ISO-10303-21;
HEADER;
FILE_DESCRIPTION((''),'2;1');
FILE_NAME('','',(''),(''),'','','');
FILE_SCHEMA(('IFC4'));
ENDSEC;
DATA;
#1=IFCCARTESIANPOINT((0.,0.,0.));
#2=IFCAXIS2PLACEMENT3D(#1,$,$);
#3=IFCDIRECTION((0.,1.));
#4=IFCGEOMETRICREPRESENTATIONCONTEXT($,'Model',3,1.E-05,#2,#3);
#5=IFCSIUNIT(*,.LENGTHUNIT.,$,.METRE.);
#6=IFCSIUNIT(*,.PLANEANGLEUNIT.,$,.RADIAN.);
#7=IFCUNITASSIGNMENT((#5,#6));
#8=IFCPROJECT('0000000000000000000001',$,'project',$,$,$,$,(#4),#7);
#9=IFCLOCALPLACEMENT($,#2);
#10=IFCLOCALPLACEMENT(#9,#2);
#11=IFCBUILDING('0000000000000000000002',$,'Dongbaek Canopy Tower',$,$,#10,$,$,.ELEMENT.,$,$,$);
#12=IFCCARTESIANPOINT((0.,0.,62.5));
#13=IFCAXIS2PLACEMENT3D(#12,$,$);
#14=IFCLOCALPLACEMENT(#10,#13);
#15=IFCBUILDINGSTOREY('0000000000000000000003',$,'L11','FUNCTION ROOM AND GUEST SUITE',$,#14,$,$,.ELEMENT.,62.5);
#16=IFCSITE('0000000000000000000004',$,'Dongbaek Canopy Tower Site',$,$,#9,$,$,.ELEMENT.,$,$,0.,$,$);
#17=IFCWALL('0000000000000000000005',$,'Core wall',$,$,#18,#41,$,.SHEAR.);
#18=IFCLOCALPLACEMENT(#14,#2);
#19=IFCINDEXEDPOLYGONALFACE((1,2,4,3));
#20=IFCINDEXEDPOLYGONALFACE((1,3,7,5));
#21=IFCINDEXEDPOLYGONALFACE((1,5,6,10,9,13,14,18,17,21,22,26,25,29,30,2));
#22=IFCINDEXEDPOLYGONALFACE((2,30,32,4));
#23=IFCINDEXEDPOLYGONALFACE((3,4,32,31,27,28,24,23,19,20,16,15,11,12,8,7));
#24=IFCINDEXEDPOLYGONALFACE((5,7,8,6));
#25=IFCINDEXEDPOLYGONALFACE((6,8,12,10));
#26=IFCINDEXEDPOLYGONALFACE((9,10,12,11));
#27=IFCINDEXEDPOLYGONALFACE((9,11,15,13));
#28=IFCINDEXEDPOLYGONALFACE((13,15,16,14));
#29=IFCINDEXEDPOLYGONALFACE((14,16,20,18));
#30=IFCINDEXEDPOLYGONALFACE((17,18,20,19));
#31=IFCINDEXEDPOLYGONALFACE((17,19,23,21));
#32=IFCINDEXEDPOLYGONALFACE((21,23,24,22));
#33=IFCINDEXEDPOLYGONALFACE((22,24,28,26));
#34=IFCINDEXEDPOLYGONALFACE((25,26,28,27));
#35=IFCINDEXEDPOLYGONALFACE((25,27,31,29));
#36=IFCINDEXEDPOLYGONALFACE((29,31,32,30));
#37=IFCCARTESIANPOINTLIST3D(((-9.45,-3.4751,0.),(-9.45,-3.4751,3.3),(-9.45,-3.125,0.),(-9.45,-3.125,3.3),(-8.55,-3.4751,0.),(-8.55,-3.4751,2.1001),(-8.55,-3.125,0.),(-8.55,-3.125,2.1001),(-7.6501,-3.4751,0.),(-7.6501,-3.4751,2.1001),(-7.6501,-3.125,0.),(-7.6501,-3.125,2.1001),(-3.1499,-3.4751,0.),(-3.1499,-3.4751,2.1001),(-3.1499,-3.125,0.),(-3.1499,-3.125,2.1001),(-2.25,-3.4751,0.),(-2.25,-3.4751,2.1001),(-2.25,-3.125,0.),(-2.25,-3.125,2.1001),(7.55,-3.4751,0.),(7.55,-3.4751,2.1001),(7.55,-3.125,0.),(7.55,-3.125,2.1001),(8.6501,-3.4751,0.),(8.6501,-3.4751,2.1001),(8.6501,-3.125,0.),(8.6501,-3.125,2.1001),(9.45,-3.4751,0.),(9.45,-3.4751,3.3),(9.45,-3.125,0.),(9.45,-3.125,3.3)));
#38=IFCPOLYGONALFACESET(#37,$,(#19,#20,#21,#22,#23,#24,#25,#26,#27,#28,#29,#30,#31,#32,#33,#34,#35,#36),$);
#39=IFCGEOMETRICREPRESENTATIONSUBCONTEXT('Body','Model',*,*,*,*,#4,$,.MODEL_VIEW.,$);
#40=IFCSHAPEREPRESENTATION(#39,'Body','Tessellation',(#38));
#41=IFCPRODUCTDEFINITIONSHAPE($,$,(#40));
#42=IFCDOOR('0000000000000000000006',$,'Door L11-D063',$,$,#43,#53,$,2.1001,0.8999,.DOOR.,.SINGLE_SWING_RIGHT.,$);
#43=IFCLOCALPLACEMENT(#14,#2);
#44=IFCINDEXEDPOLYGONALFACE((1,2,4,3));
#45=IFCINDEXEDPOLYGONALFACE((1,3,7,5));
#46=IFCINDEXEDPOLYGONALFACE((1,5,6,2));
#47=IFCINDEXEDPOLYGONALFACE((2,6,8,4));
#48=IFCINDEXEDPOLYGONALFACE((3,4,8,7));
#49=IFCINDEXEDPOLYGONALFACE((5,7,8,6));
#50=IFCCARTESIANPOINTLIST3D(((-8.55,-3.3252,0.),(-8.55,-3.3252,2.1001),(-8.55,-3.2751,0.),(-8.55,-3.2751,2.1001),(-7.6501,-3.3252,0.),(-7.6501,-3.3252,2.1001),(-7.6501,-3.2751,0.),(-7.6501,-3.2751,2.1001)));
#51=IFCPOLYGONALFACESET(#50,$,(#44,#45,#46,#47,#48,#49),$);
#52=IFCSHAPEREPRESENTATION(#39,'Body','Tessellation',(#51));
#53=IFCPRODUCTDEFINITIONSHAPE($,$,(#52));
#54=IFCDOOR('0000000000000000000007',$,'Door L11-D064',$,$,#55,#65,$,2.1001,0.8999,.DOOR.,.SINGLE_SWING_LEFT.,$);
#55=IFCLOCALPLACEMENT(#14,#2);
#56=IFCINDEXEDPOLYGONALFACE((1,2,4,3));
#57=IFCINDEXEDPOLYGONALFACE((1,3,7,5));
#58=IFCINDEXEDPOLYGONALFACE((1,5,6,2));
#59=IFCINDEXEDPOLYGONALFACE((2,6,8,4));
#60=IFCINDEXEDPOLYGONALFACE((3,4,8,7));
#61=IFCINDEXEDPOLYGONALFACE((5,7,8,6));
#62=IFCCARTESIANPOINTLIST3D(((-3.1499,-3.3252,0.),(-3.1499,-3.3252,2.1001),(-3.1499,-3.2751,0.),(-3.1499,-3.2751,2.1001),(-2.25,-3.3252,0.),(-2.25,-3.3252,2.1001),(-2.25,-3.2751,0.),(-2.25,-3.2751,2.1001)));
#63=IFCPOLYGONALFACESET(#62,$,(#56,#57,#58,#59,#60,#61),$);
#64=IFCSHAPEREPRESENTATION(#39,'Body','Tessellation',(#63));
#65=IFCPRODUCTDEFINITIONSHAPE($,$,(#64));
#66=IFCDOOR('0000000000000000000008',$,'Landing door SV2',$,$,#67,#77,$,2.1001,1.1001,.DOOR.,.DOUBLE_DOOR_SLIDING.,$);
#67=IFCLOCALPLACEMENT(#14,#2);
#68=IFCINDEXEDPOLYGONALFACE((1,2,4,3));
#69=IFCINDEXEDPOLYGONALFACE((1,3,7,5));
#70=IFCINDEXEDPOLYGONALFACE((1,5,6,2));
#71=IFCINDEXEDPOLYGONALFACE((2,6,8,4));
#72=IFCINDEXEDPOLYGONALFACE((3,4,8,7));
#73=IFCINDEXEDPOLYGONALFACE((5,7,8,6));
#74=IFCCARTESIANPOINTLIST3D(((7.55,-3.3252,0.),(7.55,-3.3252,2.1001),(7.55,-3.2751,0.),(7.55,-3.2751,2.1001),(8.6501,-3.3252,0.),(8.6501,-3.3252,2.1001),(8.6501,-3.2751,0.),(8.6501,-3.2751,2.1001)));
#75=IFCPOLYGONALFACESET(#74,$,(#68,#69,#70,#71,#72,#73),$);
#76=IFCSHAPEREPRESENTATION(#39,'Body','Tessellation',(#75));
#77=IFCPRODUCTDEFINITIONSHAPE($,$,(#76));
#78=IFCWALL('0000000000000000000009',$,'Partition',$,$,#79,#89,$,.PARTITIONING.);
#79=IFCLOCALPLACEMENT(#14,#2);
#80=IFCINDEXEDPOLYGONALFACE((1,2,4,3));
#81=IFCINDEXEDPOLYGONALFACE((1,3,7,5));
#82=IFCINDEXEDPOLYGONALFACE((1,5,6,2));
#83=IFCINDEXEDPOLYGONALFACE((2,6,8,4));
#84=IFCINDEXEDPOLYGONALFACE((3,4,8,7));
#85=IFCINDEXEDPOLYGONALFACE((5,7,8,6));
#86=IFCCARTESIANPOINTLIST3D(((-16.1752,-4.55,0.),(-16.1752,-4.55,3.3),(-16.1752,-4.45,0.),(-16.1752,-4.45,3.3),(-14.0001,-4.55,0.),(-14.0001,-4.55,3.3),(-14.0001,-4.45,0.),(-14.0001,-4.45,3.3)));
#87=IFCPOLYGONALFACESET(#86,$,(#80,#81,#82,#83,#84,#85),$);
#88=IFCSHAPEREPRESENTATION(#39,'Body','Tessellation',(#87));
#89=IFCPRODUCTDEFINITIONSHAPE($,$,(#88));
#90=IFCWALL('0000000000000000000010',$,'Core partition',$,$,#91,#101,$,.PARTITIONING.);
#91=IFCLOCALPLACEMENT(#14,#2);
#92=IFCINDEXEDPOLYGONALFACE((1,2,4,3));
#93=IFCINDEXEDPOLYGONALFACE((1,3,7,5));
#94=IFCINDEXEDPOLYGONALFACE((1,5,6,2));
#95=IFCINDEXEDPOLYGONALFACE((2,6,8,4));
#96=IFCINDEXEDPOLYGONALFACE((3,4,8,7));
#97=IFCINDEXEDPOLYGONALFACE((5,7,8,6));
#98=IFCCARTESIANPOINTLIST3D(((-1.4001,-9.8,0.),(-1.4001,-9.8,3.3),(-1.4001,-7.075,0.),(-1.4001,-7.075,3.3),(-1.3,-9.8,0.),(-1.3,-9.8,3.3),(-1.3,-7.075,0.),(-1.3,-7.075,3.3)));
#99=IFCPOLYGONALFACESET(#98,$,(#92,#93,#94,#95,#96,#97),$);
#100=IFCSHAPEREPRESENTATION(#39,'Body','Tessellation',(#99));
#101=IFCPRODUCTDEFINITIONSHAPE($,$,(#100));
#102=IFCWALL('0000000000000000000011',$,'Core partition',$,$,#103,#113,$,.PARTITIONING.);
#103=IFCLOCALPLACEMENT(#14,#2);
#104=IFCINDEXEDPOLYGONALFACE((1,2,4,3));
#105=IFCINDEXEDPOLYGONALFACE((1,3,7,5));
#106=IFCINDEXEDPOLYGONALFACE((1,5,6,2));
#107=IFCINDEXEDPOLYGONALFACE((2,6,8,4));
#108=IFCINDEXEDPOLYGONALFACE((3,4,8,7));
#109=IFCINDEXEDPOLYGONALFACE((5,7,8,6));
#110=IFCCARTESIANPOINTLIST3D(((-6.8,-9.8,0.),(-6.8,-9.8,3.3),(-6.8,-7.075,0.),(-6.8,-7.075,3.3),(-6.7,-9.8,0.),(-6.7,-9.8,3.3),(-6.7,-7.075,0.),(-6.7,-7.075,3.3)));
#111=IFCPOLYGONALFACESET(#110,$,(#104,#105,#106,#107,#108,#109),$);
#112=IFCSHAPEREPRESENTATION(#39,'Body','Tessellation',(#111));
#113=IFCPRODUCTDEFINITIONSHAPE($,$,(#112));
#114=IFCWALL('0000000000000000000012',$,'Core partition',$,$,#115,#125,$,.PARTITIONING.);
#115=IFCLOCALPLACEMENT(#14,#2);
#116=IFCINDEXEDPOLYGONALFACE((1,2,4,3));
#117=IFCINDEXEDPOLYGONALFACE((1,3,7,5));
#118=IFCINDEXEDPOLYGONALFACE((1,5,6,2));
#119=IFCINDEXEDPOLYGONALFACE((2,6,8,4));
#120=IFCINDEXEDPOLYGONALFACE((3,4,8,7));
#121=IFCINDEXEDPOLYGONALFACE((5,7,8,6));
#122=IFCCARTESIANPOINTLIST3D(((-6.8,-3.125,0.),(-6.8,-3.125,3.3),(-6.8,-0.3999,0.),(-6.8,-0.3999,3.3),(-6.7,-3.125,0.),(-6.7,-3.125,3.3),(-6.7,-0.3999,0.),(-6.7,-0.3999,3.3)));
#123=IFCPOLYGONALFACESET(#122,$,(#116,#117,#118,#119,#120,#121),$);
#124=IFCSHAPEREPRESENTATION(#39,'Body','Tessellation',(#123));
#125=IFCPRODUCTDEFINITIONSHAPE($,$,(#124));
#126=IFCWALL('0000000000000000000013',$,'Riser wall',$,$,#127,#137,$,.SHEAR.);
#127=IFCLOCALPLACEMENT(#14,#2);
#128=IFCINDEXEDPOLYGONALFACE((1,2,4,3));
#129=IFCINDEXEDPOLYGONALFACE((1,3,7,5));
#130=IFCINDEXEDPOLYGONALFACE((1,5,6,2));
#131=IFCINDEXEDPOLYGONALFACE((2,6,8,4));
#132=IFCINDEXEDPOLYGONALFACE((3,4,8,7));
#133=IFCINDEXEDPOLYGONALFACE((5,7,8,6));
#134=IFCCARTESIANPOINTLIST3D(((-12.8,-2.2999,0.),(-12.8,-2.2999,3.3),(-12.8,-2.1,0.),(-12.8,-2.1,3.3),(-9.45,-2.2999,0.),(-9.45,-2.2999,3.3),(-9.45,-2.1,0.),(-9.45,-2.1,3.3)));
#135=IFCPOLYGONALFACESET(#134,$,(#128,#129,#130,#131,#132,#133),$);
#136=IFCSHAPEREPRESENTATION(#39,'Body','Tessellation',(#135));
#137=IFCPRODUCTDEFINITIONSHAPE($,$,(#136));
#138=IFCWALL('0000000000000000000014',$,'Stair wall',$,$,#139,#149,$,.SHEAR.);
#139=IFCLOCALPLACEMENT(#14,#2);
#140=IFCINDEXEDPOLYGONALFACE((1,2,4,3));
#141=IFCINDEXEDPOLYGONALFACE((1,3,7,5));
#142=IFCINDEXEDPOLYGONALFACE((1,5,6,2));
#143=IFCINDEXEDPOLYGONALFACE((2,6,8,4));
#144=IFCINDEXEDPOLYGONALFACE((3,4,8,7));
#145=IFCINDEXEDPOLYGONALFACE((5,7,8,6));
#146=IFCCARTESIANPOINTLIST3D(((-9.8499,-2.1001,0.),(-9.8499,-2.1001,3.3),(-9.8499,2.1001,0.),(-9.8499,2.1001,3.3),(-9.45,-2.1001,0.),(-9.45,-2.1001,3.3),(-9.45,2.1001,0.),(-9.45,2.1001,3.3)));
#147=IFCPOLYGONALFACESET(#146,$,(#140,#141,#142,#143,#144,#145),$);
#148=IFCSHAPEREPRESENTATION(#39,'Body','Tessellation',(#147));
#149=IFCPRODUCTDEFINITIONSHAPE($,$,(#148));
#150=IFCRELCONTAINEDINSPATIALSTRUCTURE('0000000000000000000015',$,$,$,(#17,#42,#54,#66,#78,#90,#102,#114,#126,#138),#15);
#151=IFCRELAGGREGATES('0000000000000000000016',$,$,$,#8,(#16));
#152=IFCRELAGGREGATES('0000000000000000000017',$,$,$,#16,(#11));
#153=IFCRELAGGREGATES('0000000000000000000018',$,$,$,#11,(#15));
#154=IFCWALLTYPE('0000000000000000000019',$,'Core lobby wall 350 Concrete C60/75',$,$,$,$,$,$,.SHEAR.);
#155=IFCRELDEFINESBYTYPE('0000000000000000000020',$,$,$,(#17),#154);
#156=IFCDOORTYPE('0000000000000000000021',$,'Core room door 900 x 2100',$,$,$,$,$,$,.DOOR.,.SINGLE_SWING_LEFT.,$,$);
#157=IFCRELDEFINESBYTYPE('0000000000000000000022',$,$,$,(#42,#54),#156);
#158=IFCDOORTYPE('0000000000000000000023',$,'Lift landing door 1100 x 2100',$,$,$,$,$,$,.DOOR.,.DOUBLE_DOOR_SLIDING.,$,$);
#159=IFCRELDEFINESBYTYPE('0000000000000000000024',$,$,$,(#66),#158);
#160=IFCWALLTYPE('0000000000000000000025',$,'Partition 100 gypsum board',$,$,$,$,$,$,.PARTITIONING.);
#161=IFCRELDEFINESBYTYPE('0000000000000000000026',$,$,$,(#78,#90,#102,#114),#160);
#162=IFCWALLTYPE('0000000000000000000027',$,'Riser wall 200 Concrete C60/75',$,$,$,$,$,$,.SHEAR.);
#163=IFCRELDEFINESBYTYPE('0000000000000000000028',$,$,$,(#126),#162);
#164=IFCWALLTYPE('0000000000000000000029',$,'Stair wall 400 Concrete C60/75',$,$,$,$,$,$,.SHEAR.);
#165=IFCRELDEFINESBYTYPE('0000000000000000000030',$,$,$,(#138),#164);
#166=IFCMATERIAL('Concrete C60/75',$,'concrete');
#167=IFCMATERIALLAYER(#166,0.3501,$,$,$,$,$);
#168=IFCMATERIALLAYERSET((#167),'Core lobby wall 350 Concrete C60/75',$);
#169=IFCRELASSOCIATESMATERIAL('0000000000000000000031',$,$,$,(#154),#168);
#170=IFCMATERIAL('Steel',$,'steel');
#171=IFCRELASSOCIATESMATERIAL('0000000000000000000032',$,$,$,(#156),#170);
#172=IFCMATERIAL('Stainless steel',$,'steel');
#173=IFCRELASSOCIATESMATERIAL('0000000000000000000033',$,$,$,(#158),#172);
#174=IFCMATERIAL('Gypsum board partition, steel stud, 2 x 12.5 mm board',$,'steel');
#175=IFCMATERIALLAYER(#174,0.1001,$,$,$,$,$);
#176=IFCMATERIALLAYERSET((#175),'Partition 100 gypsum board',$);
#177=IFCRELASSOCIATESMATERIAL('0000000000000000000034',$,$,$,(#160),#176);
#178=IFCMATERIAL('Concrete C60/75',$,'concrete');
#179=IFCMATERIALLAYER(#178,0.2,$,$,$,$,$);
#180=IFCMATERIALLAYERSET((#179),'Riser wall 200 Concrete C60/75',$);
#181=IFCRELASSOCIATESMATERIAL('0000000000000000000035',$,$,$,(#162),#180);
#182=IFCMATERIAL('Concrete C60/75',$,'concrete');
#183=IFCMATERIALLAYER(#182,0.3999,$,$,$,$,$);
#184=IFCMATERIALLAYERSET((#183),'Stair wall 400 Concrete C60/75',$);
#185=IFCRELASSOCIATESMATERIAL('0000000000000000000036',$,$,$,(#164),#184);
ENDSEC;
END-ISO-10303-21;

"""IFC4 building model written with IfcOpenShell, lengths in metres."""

from ifc_helpers import new_model, si_unit, direction, frame, frame_2d, origin, place, context, subcontext, project, spatial, rectangle, extrude, material, layer, layer_set, type_object, element, fill, save


model = new_model("IFC4")

# Units and contexts
model_context = context("Model", 3, precision=1e-05, world=origin(), true_north=direction((0.0, 1.0)))
body_context = subcontext(model_context, "Body", "Model", "MODEL_VIEW")
ifc_project = project(units=[si_unit("LENGTHUNIT", "METRE"), si_unit("PLANEANGLEUNIT", "RADIAN")], contexts=[model_context])

# Site, building, storey
site_placement = place(None, origin())
site = spatial("IfcSite", under=ifc_project, at=site_placement, Name="Dongbaek Canopy Tower Site", CompositionType="ELEMENT", RefElevation=0.0)
building_placement = place(site_placement, origin())
building = spatial("IfcBuilding", under=site, at=building_placement, Name="Dongbaek Canopy Tower", CompositionType="ELEMENT")
storey_placement = place(building_placement, frame((0.0, 0.0, 62.5)))
storey = spatial("IfcBuildingStorey", under=building, at=storey_placement, Name="L11", Description="FUNCTION ROOM AND GUEST SUITE", CompositionType="ELEMENT", Elevation=62.5)

# Wall, openings, doors
ifc_material_1 = material(Name="Concrete C60/75", Category="concrete")
ifc_layer_1 = layer(ifc_material_1, 0.3501)
ifc_layer_set_1 = layer_set([ifc_layer_1], Name="Core lobby wall 350 Concrete C60/75")
wall_type_1 = type_object("IfcWallType", Name="Core lobby wall 350 Concrete C60/75", PredefinedType="SHEAR", material=ifc_layer_set_1)
wall_1_placement = place(storey_placement, frame((-9.45, -3.3, 0.0), z_axis=(0.0, 0.0, 1.0), x_axis=(1.0, 0.0, 0.0)))
wall_1 = element("IfcWall", 1, at=wall_1_placement, inside=storey, type_object=wall_type_1, Name="Core wall", PredefinedType="SHEAR", context=body_context, shape_type="SweptSolid", body=[
    extrude(rectangle(XDim=18.8999, YDim=0.3501, at=frame_2d((9.45, 0.0))), origin(), (0.0, 0.0, 1.0), 3.3),
])
opening_1_placement = place(wall_1_placement, frame((17.0, 0.0, 0.0)))
opening_1 = element("IfcOpeningElement", 2, at=opening_1_placement, cuts=wall_1, PredefinedType="OPENING", context=body_context, shape_type="SweptSolid", body=[
    extrude(rectangle(XDim=1.1001, YDim=2.1001, at=frame_2d((0.55, 1.05))), frame((0.0, 0.1851, 0.0), z_axis=(0.0, -1.0, 0.0), x_axis=(1.0, 0.0, 0.0)), (0.0, 0.0, 1.0), 0.3701),
])
opening_2_placement = place(wall_1_placement, frame((0.8999, 0.0, 0.0)))
opening_2 = element("IfcOpeningElement", 3, at=opening_2_placement, cuts=wall_1, PredefinedType="OPENING", context=body_context, shape_type="SweptSolid", body=[
    extrude(rectangle(XDim=0.8999, YDim=2.1001, at=frame_2d((0.45, 1.05))), frame((0.0, 0.1851, 0.0), z_axis=(0.0, -1.0, 0.0), x_axis=(1.0, 0.0, 0.0)), (0.0, 0.0, 1.0), 0.3701),
])
opening_3_placement = place(wall_1_placement, frame((6.3, 0.0, 0.0)))
opening_3 = element("IfcOpeningElement", 4, at=opening_3_placement, cuts=wall_1, PredefinedType="OPENING", context=body_context, shape_type="SweptSolid", body=[
    extrude(rectangle(XDim=0.8999, YDim=2.1001, at=frame_2d((0.45, 1.05))), frame((0.0, 0.1851, 0.0), z_axis=(0.0, -1.0, 0.0), x_axis=(1.0, 0.0, 0.0)), (0.0, 0.0, 1.0), 0.3701),
])
ifc_material_2 = material(Name="Steel", Category="steel")
door_type_1 = type_object("IfcDoorType", Name="Core room door 900 x 2100", OperationType="SINGLE_SWING_LEFT", PredefinedType="DOOR", material=ifc_material_2)
door_1_placement = place(opening_2_placement, origin())
door_1 = element("IfcDoor", 5, at=door_1_placement, inside=storey, type_object=door_type_1, Name="Door L11-D063", OperationType="SINGLE_SWING_RIGHT", OverallHeight=2.1001, OverallWidth=0.8999, PredefinedType="DOOR", context=body_context, shape_type="SweptSolid", body=[
    extrude(rectangle(XDim=0.8999, YDim=2.1001, at=frame_2d((0.45, 1.05))), frame((0.0, 0.0249, 0.0), z_axis=(0.0, -1.0, 0.0), x_axis=(1.0, 0.0, 0.0)), (0.0, 0.0, 1.0), 0.05),
])
fill(opening_2, door_1)
door_2_placement = place(opening_3_placement, origin())
door_2 = element("IfcDoor", 6, at=door_2_placement, inside=storey, type_object=door_type_1, Name="Door L11-D064", OperationType="SINGLE_SWING_LEFT", OverallHeight=2.1001, OverallWidth=0.8999, PredefinedType="DOOR", context=body_context, shape_type="SweptSolid", body=[
    extrude(rectangle(XDim=0.8999, YDim=2.1001, at=frame_2d((0.45, 1.05))), frame((0.0, 0.0249, 0.0), z_axis=(0.0, -1.0, 0.0), x_axis=(1.0, 0.0, 0.0)), (0.0, 0.0, 1.0), 0.05),
])
fill(opening_3, door_2)
ifc_material_3 = material(Name="Stainless steel", Category="steel")
door_type_2 = type_object("IfcDoorType", Name="Lift landing door 1100 x 2100", OperationType="DOUBLE_DOOR_SLIDING", PredefinedType="DOOR", material=ifc_material_3)
door_3_placement = place(opening_1_placement, origin())
door_3 = element("IfcDoor", 7, at=door_3_placement, inside=storey, type_object=door_type_2, Name="Landing door SV2", OperationType="DOUBLE_DOOR_SLIDING", OverallHeight=2.1001, OverallWidth=1.1001, PredefinedType="DOOR", context=body_context, shape_type="SweptSolid", body=[
    extrude(rectangle(XDim=1.1001, YDim=2.1001, at=frame_2d((0.55, 1.05))), frame((0.0, 0.0249, 0.0), z_axis=(0.0, -1.0, 0.0), x_axis=(1.0, 0.0, 0.0)), (0.0, 0.0, 1.0), 0.05),
])
fill(opening_1, door_3)

# Walls
ifc_material_4 = material(Name="Gypsum board partition, steel stud, 2 x 12.5 mm board", Category="steel")
ifc_layer_2 = layer(ifc_material_4, 0.1001)
ifc_layer_set_2 = layer_set([ifc_layer_2], Name="Partition 100 gypsum board")
wall_type_2 = type_object("IfcWallType", Name="Partition 100 gypsum board", PredefinedType="PARTITIONING", material=ifc_layer_set_2)
wall_2_placement = place(storey_placement, frame((-16.175, -4.5, 0.0), z_axis=(0.0, 0.0, 1.0), x_axis=(1.0, 0.0, 0.0)))
element("IfcWall", 8, at=wall_2_placement, inside=storey, type_object=wall_type_2, Name="Partition", PredefinedType="PARTITIONING", context=body_context, shape_type="SweptSolid", body=[
    extrude(rectangle(XDim=2.175, YDim=0.1001, at=frame_2d((1.0874, 0.0))), origin(), (0.0, 0.0, 1.0), 3.3),
])
for number, where, z_axis, x_axis, name in (
    (9, (-1.3501, -9.8, 0.0), (0.0, 0.0, 1.0), (0.0, 1.0, 0.0), "Core partition"),
    (10, (-6.75, -9.8, 0.0), (0.0, 0.0, 1.0), (0.0, 1.0, 0.0), "Core partition"),
    (11, (-6.75, -3.125, 0.0), (0.0, 0.0, 1.0), (0.0, 1.0, 0.0), "Core partition"),
):
    element("IfcWall", number, at=place(storey_placement, frame(where, z_axis=z_axis, x_axis=x_axis)), inside=storey, type_object=wall_type_2, Name=name, PredefinedType="PARTITIONING", context=body_context, shape_type="SweptSolid", body=[
        extrude(rectangle(XDim=2.7251, YDim=0.1001, at=frame_2d((1.3625, 0.0))), origin(), (0.0, 0.0, 1.0), 3.3),
    ])
ifc_material_5 = material(Name="Concrete C60/75", Category="concrete")
ifc_layer_3 = layer(ifc_material_5, 0.2)
ifc_layer_set_3 = layer_set([ifc_layer_3], Name="Riser wall 200 Concrete C60/75")
wall_type_3 = type_object("IfcWallType", Name="Riser wall 200 Concrete C60/75", PredefinedType="SHEAR", material=ifc_layer_set_3)
wall_3_placement = place(storey_placement, frame((-9.45, -2.2, 0.0), z_axis=(0.0, 0.0, 1.0), x_axis=(-1.0, 0.0, 0.0)))
element("IfcWall", 12, at=wall_3_placement, inside=storey, type_object=wall_type_3, Name="Riser wall", PredefinedType="SHEAR", context=body_context, shape_type="SweptSolid", body=[
    extrude(rectangle(XDim=3.3501, YDim=0.2, at=frame_2d((1.675, 0.0))), origin(), (0.0, 0.0, 1.0), 3.3),
])
ifc_material_6 = material(Name="Concrete C60/75", Category="concrete")
ifc_layer_4 = layer(ifc_material_6, 0.3999)
ifc_layer_set_4 = layer_set([ifc_layer_4], Name="Stair wall 400 Concrete C60/75")
wall_type_4 = type_object("IfcWallType", Name="Stair wall 400 Concrete C60/75", PredefinedType="SHEAR", material=ifc_layer_set_4)
wall_4_placement = place(storey_placement, frame((-9.6499, -2.1001, 0.0), z_axis=(0.0, 0.0, 1.0), x_axis=(0.0, 1.0, 0.0)))
element("IfcWall", 13, at=wall_4_placement, inside=storey, type_object=wall_type_4, Name="Stair wall", PredefinedType="SHEAR", context=body_context, shape_type="SweptSolid", body=[
    extrude(rectangle(XDim=4.2002, YDim=0.3999, at=frame_2d((2.1001, 0.0))), origin(), (0.0, 0.0, 1.0), 3.3),
])

save(model, "model.ifc")
